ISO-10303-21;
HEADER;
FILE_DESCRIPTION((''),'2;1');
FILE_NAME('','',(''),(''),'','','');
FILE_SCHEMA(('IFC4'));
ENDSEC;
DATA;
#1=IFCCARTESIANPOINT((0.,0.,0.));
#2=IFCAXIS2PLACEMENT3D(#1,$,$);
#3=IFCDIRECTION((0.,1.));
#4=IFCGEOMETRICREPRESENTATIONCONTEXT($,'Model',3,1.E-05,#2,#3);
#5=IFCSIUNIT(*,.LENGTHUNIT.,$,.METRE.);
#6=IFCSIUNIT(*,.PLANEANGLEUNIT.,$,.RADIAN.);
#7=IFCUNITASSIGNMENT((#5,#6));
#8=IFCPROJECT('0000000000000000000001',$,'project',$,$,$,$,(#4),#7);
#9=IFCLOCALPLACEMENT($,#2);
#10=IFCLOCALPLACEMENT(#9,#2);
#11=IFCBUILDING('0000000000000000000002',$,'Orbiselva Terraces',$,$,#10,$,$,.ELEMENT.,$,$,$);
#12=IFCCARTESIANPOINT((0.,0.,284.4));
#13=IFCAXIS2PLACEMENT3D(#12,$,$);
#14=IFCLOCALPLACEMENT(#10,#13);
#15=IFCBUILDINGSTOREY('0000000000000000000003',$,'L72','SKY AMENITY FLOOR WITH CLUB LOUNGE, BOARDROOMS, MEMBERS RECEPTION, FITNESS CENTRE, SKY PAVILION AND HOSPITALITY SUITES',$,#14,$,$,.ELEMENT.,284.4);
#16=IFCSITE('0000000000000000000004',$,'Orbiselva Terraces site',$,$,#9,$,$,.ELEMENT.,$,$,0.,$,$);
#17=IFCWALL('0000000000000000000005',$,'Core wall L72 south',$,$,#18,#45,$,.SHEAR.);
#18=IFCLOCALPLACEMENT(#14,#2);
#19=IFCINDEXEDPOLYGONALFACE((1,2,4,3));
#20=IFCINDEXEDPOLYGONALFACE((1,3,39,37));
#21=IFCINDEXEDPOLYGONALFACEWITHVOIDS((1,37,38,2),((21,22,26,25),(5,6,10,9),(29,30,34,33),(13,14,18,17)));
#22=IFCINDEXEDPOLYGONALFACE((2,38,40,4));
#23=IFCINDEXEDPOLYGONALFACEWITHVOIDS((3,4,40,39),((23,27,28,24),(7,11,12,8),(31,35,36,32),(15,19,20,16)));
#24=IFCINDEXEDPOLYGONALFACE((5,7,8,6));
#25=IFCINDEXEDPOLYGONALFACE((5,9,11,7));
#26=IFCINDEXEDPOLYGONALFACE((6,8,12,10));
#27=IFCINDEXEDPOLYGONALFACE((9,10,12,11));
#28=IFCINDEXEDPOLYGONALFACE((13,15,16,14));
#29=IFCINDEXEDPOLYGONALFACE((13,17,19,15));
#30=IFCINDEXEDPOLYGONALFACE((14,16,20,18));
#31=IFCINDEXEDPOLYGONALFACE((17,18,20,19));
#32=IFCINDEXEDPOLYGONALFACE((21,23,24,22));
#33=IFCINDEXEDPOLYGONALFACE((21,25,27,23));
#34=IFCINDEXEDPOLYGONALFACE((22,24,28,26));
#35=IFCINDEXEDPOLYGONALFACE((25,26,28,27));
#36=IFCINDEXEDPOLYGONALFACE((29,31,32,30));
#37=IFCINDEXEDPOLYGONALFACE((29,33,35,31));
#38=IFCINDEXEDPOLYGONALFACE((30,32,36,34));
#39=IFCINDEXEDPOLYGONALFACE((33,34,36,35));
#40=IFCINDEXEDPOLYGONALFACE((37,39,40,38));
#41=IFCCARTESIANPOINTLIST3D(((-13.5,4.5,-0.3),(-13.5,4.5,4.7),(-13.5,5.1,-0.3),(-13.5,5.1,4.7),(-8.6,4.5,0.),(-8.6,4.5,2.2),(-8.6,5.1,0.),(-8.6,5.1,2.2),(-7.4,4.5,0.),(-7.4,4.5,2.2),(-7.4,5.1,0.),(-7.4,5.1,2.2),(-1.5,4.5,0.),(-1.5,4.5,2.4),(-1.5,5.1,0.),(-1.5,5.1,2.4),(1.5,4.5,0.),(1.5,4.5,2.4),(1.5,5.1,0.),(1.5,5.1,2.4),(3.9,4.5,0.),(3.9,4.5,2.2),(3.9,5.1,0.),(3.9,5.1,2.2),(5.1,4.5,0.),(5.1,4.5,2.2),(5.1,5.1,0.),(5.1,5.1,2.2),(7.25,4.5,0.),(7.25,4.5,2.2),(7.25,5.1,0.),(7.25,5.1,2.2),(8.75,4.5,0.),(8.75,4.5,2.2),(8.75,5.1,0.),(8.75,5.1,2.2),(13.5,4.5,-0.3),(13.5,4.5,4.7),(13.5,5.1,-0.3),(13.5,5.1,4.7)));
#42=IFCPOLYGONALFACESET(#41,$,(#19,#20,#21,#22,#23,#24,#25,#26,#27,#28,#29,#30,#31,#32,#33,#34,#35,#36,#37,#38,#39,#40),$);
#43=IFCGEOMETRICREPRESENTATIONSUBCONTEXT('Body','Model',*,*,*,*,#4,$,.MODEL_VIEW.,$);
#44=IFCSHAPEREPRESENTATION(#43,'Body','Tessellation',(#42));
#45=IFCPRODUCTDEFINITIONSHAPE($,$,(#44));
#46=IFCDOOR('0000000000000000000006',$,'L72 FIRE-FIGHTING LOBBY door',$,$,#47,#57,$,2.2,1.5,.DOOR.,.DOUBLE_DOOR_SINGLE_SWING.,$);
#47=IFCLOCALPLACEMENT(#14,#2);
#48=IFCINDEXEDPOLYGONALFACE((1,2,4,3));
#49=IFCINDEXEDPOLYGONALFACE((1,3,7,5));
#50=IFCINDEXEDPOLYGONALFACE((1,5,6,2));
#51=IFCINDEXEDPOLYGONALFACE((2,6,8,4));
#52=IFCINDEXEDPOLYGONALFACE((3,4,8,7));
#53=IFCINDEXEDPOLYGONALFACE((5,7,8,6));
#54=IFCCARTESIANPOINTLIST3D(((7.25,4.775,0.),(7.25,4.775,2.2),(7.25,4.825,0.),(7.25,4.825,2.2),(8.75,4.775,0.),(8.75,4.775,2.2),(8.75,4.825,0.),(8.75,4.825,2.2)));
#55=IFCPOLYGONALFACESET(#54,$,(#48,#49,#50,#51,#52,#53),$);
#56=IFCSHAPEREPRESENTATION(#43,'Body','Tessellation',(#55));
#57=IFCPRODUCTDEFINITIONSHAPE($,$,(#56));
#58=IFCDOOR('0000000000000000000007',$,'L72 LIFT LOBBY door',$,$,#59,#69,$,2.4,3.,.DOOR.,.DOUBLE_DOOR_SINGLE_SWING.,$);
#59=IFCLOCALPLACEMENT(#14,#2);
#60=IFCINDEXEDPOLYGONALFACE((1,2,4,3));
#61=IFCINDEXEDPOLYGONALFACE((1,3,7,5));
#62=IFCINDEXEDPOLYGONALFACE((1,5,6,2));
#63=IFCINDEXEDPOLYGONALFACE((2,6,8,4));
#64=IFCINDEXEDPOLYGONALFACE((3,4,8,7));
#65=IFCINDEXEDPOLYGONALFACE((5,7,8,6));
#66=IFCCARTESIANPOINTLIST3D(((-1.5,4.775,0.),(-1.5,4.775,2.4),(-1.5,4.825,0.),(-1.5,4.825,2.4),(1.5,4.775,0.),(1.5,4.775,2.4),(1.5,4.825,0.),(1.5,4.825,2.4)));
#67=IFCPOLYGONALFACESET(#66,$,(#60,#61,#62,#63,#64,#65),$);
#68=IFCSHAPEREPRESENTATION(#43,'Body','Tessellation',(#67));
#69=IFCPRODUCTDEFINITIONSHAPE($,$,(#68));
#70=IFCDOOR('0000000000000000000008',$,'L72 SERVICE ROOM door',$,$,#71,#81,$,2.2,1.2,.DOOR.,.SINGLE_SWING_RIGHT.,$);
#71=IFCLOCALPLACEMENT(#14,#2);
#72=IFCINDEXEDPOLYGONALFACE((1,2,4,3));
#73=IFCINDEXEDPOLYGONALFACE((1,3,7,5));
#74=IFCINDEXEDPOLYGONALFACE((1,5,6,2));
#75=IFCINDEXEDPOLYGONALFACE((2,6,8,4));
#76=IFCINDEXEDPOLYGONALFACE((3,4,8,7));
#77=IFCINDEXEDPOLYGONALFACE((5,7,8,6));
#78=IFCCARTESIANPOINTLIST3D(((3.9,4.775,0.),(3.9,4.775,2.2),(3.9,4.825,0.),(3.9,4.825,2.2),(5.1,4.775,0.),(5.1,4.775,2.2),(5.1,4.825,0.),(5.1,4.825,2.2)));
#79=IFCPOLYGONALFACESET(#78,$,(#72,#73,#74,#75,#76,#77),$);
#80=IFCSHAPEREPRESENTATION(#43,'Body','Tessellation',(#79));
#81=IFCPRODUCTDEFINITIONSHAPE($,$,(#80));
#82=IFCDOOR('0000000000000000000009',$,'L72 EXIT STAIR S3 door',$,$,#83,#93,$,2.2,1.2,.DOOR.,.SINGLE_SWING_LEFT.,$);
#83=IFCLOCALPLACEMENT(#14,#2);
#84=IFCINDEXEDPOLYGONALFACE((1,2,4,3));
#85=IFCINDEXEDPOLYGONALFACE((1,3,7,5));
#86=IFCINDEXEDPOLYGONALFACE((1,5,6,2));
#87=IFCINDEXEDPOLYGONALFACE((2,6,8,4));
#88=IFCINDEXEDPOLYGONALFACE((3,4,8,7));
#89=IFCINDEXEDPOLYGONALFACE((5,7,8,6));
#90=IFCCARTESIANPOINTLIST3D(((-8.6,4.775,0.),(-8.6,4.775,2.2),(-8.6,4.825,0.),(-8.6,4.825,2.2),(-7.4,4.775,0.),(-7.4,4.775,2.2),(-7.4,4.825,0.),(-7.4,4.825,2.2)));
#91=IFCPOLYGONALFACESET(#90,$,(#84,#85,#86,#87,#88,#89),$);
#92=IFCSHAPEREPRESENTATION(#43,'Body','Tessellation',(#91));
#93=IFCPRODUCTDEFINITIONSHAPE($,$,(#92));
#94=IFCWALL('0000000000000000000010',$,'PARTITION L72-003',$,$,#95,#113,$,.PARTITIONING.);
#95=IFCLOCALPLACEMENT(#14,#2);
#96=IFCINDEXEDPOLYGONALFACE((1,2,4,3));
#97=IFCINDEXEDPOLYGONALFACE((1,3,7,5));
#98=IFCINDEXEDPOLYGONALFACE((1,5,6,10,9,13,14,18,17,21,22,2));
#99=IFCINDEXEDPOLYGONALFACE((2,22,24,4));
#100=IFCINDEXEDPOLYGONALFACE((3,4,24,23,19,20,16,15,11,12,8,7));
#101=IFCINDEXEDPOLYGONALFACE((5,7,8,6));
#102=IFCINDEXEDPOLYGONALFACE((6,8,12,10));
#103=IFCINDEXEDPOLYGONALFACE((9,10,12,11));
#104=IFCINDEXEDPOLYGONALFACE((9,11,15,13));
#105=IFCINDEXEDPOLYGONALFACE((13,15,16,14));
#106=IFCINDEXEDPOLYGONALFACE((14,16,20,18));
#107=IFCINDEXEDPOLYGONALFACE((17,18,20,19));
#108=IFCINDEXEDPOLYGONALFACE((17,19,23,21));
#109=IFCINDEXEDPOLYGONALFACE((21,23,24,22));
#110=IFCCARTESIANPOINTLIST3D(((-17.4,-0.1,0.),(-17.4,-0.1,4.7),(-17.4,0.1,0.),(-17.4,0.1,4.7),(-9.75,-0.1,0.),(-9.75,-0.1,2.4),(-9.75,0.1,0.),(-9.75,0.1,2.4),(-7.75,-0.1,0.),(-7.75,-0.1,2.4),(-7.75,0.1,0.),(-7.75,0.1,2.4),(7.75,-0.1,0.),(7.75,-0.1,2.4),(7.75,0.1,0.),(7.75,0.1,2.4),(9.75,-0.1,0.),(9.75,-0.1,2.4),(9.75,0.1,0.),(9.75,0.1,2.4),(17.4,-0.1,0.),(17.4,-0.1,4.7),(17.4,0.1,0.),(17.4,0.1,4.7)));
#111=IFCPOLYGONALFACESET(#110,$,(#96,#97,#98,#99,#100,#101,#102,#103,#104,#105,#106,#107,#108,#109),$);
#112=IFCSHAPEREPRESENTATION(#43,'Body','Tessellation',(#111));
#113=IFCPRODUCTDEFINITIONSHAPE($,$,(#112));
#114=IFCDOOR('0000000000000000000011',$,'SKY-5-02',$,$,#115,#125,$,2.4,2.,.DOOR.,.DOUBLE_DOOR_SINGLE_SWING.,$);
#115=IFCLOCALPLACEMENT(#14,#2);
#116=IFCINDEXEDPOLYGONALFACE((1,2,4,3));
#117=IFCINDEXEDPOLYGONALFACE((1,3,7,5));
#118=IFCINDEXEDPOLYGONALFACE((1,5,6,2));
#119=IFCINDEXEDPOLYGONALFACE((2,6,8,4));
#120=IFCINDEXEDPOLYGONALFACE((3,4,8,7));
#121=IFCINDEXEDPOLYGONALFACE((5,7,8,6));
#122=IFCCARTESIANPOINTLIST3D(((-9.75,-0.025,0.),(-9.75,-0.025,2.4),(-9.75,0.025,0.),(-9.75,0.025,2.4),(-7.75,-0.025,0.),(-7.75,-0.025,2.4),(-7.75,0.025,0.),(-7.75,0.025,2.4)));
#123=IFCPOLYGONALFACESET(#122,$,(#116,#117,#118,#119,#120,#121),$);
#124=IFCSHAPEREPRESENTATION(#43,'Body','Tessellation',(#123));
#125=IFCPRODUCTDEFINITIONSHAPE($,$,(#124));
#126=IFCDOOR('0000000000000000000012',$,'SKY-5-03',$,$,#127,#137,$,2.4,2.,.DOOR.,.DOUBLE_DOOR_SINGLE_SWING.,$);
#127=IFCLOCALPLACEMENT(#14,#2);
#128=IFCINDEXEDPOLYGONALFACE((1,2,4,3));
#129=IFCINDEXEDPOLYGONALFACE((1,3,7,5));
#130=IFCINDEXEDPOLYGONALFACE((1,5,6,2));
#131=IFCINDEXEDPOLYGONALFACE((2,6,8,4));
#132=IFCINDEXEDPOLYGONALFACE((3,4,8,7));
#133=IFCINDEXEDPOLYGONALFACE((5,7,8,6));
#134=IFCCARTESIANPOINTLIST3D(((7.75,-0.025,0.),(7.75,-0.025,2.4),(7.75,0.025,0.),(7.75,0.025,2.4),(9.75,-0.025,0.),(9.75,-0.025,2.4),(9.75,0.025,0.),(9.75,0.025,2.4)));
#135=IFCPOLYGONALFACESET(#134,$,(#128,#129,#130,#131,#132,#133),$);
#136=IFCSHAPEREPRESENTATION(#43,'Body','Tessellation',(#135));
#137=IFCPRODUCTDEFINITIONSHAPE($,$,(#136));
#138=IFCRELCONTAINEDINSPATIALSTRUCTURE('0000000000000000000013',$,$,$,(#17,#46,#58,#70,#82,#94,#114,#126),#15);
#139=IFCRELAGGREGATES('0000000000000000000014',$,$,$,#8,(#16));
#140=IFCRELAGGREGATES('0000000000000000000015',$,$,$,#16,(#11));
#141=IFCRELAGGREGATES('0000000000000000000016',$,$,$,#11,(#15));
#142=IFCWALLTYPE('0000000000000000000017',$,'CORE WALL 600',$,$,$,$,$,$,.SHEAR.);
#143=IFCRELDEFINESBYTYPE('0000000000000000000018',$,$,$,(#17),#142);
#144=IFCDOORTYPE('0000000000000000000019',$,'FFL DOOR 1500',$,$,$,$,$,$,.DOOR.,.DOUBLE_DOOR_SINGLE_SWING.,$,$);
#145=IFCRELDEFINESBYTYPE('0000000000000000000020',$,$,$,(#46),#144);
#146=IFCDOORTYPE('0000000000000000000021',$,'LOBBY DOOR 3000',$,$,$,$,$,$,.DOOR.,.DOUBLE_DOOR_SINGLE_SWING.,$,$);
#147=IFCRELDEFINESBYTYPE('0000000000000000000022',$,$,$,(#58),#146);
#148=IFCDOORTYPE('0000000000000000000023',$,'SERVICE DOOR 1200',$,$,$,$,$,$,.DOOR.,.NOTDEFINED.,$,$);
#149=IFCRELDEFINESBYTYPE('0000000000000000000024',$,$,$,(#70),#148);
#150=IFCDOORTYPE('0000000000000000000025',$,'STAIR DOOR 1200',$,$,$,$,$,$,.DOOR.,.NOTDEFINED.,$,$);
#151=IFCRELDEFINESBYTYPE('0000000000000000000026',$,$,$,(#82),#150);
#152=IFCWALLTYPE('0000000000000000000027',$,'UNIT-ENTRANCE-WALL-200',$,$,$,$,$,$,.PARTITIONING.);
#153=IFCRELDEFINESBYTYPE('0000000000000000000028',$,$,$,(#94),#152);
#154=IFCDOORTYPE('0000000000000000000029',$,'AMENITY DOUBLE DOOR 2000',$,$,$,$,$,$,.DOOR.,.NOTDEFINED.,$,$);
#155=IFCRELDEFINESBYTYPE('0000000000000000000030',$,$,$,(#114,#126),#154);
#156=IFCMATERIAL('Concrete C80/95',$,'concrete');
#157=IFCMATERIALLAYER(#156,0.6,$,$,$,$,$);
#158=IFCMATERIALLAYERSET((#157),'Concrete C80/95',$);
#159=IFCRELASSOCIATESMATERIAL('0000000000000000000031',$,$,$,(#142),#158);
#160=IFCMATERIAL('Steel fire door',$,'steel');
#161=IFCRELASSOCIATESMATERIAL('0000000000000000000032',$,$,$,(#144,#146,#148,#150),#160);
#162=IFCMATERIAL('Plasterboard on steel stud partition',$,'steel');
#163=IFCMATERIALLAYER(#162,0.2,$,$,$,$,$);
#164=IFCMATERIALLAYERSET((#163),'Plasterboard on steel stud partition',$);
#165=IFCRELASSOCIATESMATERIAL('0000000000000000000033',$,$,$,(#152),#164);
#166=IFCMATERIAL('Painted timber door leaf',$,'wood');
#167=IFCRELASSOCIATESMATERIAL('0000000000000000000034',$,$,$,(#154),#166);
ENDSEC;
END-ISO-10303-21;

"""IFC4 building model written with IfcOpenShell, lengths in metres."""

from ifc_helpers import new_model, si_unit, direction, frame, frame_2d, origin, place, context, subcontext, project, spatial, rectangle, extrude, material, layer, layer_set, type_object, element, fill, save


model = new_model("IFC4")

# Units and contexts
model_context = context("Model", 3, precision=1e-05, world=origin(), true_north=direction((0.0, 1.0)))
body_context = subcontext(model_context, "Body", "Model", "MODEL_VIEW")
ifc_project = project(units=[si_unit("LENGTHUNIT", "METRE"), si_unit("PLANEANGLEUNIT", "RADIAN")], contexts=[model_context])

# Site, building, storey
site_placement = place(None, origin())
site = spatial("IfcSite", under=ifc_project, at=site_placement, Name="Orbiselva Terraces site", CompositionType="ELEMENT", RefElevation=0.0)
building_placement = place(site_placement, origin())
building = spatial("IfcBuilding", under=site, at=building_placement, Name="Orbiselva Terraces", CompositionType="ELEMENT")
storey_placement = place(building_placement, frame((0.0, 0.0, 284.4)))
storey = spatial("IfcBuildingStorey", under=building, at=storey_placement, Name="L72", Description="SKY AMENITY FLOOR WITH CLUB LOUNGE, BOARDROOMS, MEMBERS RECEPTION, FITNESS CENTRE, SKY PAVILION AND HOSPITALITY SUITES", CompositionType="ELEMENT", Elevation=284.4)

# Walls, openings, doors
ifc_material_1 = material(Name="Concrete C80/95", Category="concrete")
ifc_layer_1 = layer(ifc_material_1, 0.6)
ifc_layer_set_1 = layer_set([ifc_layer_1], Name="Concrete C80/95")
wall_type_1 = type_object("IfcWallType", Name="CORE WALL 600", PredefinedType="SHEAR", material=ifc_layer_set_1)
wall_1_placement = place(storey_placement, frame((-13.5, 4.8, -0.3), z_axis=(0.0, 0.0, 1.0), x_axis=(1.0, 0.0, 0.0)))
wall_1 = element("IfcWall", 1, at=wall_1_placement, inside=storey, type_object=wall_type_1, Name="Core wall L72 south", PredefinedType="SHEAR", context=body_context, shape_type="SweptSolid", body=[
    extrude(rectangle(XDim=27.0, YDim=0.6, at=frame_2d((13.5, 0.0))), origin(), (0.0, 0.0, 1.0), 5.0),
])
opening_1_placement = place(wall_1_placement, frame((12.0, 0.0, 0.3)))
opening_1 = element("IfcOpeningElement", 2, at=opening_1_placement, cuts=wall_1, PredefinedType="OPENING", context=body_context, shape_type="SweptSolid", body=[
    extrude(rectangle(XDim=3.0, YDim=2.4, at=frame_2d((1.5, 1.2))), frame((0.0, 0.31, 0.0), z_axis=(0.0, -1.0, 0.0), x_axis=(1.0, 0.0, 0.0)), (0.0, 0.0, 1.0), 0.62),
])
opening_2_placement = place(wall_1_placement, frame((4.9, 0.0, 0.3)))
opening_2 = element("IfcOpeningElement", 3, at=opening_2_placement, cuts=wall_1, PredefinedType="OPENING", context=body_context, shape_type="SweptSolid", body=[
    extrude(rectangle(XDim=1.2, YDim=2.2, at=frame_2d((0.6, 1.1))), frame((0.0, 0.31, 0.0), z_axis=(0.0, -1.0, 0.0), x_axis=(1.0, 0.0, 0.0)), (0.0, 0.0, 1.0), 0.62),
])
opening_3_placement = place(wall_1_placement, frame((20.75, 0.0, 0.3)))
opening_3 = element("IfcOpeningElement", 4, at=opening_3_placement, cuts=wall_1, PredefinedType="OPENING", context=body_context, shape_type="SweptSolid", body=[
    extrude(rectangle(XDim=1.5, YDim=2.2, at=frame_2d((0.75, 1.1))), frame((0.0, 0.31, 0.0), z_axis=(0.0, -1.0, 0.0), x_axis=(1.0, 0.0, 0.0)), (0.0, 0.0, 1.0), 0.62),
])
opening_4_placement = place(wall_1_placement, frame((17.4, 0.0, 0.3)))
opening_4 = element("IfcOpeningElement", 5, at=opening_4_placement, cuts=wall_1, PredefinedType="OPENING", context=body_context, shape_type="SweptSolid", body=[
    extrude(rectangle(XDim=1.2, YDim=2.2, at=frame_2d((0.6, 1.1))), frame((0.0, 0.31, 0.0), z_axis=(0.0, -1.0, 0.0), x_axis=(1.0, 0.0, 0.0)), (0.0, 0.0, 1.0), 0.62),
])
ifc_material_2 = material(Name="Steel fire door", Category="steel")
door_type_1 = type_object("IfcDoorType", Name="FFL DOOR 1500", OperationType="DOUBLE_DOOR_SINGLE_SWING", PredefinedType="DOOR", material=ifc_material_2)
door_1_placement = place(opening_3_placement, frame((1.5, 0.0, 0.0), z_axis=(0.0, 0.0, 1.0), x_axis=(-1.0, 0.0, 0.0)))
door_1 = element("IfcDoor", 6, at=door_1_placement, inside=storey, type_object=door_type_1, Name="L72 FIRE-FIGHTING LOBBY door", OperationType="DOUBLE_DOOR_SINGLE_SWING", OverallHeight=2.2, OverallWidth=1.5, PredefinedType="DOOR", context=body_context, shape_type="SweptSolid", body=[
    extrude(rectangle(XDim=1.5, YDim=2.2, at=frame_2d((0.75, 1.1))), frame((0.0, 0.025, 0.0), z_axis=(0.0, -1.0, 0.0), x_axis=(1.0, 0.0, 0.0)), (0.0, 0.0, 1.0), 0.05),
])
fill(opening_3, door_1)
door_type_2 = type_object("IfcDoorType", Name="LOBBY DOOR 3000", OperationType="DOUBLE_DOOR_SINGLE_SWING", PredefinedType="DOOR", material=ifc_material_2)
door_2_placement = place(opening_1_placement, frame((3.0, 0.0, 0.0), z_axis=(0.0, 0.0, 1.0), x_axis=(-1.0, 0.0, 0.0)))
door_2 = element("IfcDoor", 7, at=door_2_placement, inside=storey, type_object=door_type_2, Name="L72 LIFT LOBBY door", OperationType="DOUBLE_DOOR_SINGLE_SWING", OverallHeight=2.4, OverallWidth=3.0, PredefinedType="DOOR", context=body_context, shape_type="SweptSolid", body=[
    extrude(rectangle(XDim=3.0, YDim=2.4, at=frame_2d((1.5, 1.2))), frame((0.0, 0.025, 0.0), z_axis=(0.0, -1.0, 0.0), x_axis=(1.0, 0.0, 0.0)), (0.0, 0.0, 1.0), 0.05),
])
fill(opening_1, door_2)
door_type_3 = type_object("IfcDoorType", Name="SERVICE DOOR 1200", OperationType="NOTDEFINED", PredefinedType="DOOR", material=ifc_material_2)
door_3_placement = place(opening_4_placement, frame((1.2, 0.0, 0.0), z_axis=(0.0, 0.0, 1.0), x_axis=(-1.0, 0.0, 0.0)))
door_3 = element("IfcDoor", 8, at=door_3_placement, inside=storey, type_object=door_type_3, Name="L72 SERVICE ROOM door", OperationType="SINGLE_SWING_RIGHT", OverallHeight=2.2, OverallWidth=1.2, PredefinedType="DOOR", context=body_context, shape_type="SweptSolid", body=[
    extrude(rectangle(XDim=1.2, YDim=2.2, at=frame_2d((0.6, 1.1))), frame((0.0, 0.025, 0.0), z_axis=(0.0, -1.0, 0.0), x_axis=(1.0, 0.0, 0.0)), (0.0, 0.0, 1.0), 0.05),
])
fill(opening_4, door_3)
door_type_4 = type_object("IfcDoorType", Name="STAIR DOOR 1200", OperationType="NOTDEFINED", PredefinedType="DOOR", material=ifc_material_2)
door_4_placement = place(opening_2_placement, frame((1.2, 0.0, 0.0), z_axis=(0.0, 0.0, 1.0), x_axis=(-1.0, 0.0, 0.0)))
door_4 = element("IfcDoor", 9, at=door_4_placement, inside=storey, type_object=door_type_4, Name="L72 EXIT STAIR S3 door", OperationType="SINGLE_SWING_LEFT", OverallHeight=2.2, OverallWidth=1.2, PredefinedType="DOOR", context=body_context, shape_type="SweptSolid", body=[
    extrude(rectangle(XDim=1.2, YDim=2.2, at=frame_2d((0.6, 1.1))), frame((0.0, 0.025, 0.0), z_axis=(0.0, -1.0, 0.0), x_axis=(1.0, 0.0, 0.0)), (0.0, 0.0, 1.0), 0.05),
])
fill(opening_2, door_4)
ifc_material_3 = material(Name="Plasterboard on steel stud partition", Category="steel")
ifc_layer_2 = layer(ifc_material_3, 0.2)
ifc_layer_set_2 = layer_set([ifc_layer_2], Name="Plasterboard on steel stud partition")
wall_type_2 = type_object("IfcWallType", Name="UNIT-ENTRANCE-WALL-200", PredefinedType="PARTITIONING", material=ifc_layer_set_2)
wall_2_placement = place(storey_placement, frame((-17.4, 0.0, 0.0), z_axis=(0.0, 0.0, 1.0), x_axis=(1.0, 0.0, 0.0)))
wall_2 = element("IfcWall", 10, at=wall_2_placement, inside=storey, type_object=wall_type_2, Name="PARTITION L72-003", PredefinedType="PARTITIONING", context=body_context, shape_type="SweptSolid", body=[
    extrude(rectangle(XDim=34.8, YDim=0.2, at=frame_2d((17.4, 0.0))), origin(), (0.0, 0.0, 1.0), 4.7),
])
opening_5_placement = place(wall_2_placement, frame((7.65, 0.0, 0.0)))
opening_5 = element("IfcOpeningElement", 11, at=opening_5_placement, cuts=wall_2, PredefinedType="OPENING", context=body_context, shape_type="SweptSolid", body=[
    extrude(rectangle(XDim=2.0, YDim=2.4, at=frame_2d((1.0, 1.2))), frame((0.0, 0.11, 0.0), z_axis=(0.0, -1.0, 0.0), x_axis=(1.0, 0.0, 0.0)), (0.0, 0.0, 1.0), 0.22),
])
opening_6_placement = place(wall_2_placement, frame((25.15, 0.0, 0.0)))
opening_6 = element("IfcOpeningElement", 12, at=opening_6_placement, cuts=wall_2, PredefinedType="OPENING", context=body_context, shape_type="SweptSolid", body=[
    extrude(rectangle(XDim=2.0, YDim=2.4, at=frame_2d((1.0, 1.2))), frame((0.0, 0.11, 0.0), z_axis=(0.0, -1.0, 0.0), x_axis=(1.0, 0.0, 0.0)), (0.0, 0.0, 1.0), 0.22),
])
ifc_material_4 = material(Name="Painted timber door leaf", Category="wood")
door_type_5 = type_object("IfcDoorType", Name="AMENITY DOUBLE DOOR 2000", OperationType="NOTDEFINED", PredefinedType="DOOR", material=ifc_material_4)
door_5_placement = place(opening_5_placement, origin())
door_5 = element("IfcDoor", 13, at=door_5_placement, inside=storey, type_object=door_type_5, Name="SKY-5-02", OperationType="DOUBLE_DOOR_SINGLE_SWING", OverallHeight=2.4, OverallWidth=2.0, PredefinedType="DOOR", context=body_context, shape_type="SweptSolid", body=[
    extrude(rectangle(XDim=2.0, YDim=2.4, at=frame_2d((1.0, 1.2))), frame((0.0, 0.025, 0.0), z_axis=(0.0, -1.0, 0.0), x_axis=(1.0, 0.0, 0.0)), (0.0, 0.0, 1.0), 0.05),
])
fill(opening_5, door_5)
door_6_placement = place(opening_6_placement, origin())
door_6 = element("IfcDoor", 14, at=door_6_placement, inside=storey, type_object=door_type_5, Name="SKY-5-03", OperationType="DOUBLE_DOOR_SINGLE_SWING", OverallHeight=2.4, OverallWidth=2.0, PredefinedType="DOOR", context=body_context, shape_type="SweptSolid", body=[
    extrude(rectangle(XDim=2.0, YDim=2.4, at=frame_2d((1.0, 1.2))), frame((0.0, 0.025, 0.0), z_axis=(0.0, -1.0, 0.0), x_axis=(1.0, 0.0, 0.0)), (0.0, 0.0, 1.0), 0.05),
])
fill(opening_6, door_6)

save(model, "model.ifc")
